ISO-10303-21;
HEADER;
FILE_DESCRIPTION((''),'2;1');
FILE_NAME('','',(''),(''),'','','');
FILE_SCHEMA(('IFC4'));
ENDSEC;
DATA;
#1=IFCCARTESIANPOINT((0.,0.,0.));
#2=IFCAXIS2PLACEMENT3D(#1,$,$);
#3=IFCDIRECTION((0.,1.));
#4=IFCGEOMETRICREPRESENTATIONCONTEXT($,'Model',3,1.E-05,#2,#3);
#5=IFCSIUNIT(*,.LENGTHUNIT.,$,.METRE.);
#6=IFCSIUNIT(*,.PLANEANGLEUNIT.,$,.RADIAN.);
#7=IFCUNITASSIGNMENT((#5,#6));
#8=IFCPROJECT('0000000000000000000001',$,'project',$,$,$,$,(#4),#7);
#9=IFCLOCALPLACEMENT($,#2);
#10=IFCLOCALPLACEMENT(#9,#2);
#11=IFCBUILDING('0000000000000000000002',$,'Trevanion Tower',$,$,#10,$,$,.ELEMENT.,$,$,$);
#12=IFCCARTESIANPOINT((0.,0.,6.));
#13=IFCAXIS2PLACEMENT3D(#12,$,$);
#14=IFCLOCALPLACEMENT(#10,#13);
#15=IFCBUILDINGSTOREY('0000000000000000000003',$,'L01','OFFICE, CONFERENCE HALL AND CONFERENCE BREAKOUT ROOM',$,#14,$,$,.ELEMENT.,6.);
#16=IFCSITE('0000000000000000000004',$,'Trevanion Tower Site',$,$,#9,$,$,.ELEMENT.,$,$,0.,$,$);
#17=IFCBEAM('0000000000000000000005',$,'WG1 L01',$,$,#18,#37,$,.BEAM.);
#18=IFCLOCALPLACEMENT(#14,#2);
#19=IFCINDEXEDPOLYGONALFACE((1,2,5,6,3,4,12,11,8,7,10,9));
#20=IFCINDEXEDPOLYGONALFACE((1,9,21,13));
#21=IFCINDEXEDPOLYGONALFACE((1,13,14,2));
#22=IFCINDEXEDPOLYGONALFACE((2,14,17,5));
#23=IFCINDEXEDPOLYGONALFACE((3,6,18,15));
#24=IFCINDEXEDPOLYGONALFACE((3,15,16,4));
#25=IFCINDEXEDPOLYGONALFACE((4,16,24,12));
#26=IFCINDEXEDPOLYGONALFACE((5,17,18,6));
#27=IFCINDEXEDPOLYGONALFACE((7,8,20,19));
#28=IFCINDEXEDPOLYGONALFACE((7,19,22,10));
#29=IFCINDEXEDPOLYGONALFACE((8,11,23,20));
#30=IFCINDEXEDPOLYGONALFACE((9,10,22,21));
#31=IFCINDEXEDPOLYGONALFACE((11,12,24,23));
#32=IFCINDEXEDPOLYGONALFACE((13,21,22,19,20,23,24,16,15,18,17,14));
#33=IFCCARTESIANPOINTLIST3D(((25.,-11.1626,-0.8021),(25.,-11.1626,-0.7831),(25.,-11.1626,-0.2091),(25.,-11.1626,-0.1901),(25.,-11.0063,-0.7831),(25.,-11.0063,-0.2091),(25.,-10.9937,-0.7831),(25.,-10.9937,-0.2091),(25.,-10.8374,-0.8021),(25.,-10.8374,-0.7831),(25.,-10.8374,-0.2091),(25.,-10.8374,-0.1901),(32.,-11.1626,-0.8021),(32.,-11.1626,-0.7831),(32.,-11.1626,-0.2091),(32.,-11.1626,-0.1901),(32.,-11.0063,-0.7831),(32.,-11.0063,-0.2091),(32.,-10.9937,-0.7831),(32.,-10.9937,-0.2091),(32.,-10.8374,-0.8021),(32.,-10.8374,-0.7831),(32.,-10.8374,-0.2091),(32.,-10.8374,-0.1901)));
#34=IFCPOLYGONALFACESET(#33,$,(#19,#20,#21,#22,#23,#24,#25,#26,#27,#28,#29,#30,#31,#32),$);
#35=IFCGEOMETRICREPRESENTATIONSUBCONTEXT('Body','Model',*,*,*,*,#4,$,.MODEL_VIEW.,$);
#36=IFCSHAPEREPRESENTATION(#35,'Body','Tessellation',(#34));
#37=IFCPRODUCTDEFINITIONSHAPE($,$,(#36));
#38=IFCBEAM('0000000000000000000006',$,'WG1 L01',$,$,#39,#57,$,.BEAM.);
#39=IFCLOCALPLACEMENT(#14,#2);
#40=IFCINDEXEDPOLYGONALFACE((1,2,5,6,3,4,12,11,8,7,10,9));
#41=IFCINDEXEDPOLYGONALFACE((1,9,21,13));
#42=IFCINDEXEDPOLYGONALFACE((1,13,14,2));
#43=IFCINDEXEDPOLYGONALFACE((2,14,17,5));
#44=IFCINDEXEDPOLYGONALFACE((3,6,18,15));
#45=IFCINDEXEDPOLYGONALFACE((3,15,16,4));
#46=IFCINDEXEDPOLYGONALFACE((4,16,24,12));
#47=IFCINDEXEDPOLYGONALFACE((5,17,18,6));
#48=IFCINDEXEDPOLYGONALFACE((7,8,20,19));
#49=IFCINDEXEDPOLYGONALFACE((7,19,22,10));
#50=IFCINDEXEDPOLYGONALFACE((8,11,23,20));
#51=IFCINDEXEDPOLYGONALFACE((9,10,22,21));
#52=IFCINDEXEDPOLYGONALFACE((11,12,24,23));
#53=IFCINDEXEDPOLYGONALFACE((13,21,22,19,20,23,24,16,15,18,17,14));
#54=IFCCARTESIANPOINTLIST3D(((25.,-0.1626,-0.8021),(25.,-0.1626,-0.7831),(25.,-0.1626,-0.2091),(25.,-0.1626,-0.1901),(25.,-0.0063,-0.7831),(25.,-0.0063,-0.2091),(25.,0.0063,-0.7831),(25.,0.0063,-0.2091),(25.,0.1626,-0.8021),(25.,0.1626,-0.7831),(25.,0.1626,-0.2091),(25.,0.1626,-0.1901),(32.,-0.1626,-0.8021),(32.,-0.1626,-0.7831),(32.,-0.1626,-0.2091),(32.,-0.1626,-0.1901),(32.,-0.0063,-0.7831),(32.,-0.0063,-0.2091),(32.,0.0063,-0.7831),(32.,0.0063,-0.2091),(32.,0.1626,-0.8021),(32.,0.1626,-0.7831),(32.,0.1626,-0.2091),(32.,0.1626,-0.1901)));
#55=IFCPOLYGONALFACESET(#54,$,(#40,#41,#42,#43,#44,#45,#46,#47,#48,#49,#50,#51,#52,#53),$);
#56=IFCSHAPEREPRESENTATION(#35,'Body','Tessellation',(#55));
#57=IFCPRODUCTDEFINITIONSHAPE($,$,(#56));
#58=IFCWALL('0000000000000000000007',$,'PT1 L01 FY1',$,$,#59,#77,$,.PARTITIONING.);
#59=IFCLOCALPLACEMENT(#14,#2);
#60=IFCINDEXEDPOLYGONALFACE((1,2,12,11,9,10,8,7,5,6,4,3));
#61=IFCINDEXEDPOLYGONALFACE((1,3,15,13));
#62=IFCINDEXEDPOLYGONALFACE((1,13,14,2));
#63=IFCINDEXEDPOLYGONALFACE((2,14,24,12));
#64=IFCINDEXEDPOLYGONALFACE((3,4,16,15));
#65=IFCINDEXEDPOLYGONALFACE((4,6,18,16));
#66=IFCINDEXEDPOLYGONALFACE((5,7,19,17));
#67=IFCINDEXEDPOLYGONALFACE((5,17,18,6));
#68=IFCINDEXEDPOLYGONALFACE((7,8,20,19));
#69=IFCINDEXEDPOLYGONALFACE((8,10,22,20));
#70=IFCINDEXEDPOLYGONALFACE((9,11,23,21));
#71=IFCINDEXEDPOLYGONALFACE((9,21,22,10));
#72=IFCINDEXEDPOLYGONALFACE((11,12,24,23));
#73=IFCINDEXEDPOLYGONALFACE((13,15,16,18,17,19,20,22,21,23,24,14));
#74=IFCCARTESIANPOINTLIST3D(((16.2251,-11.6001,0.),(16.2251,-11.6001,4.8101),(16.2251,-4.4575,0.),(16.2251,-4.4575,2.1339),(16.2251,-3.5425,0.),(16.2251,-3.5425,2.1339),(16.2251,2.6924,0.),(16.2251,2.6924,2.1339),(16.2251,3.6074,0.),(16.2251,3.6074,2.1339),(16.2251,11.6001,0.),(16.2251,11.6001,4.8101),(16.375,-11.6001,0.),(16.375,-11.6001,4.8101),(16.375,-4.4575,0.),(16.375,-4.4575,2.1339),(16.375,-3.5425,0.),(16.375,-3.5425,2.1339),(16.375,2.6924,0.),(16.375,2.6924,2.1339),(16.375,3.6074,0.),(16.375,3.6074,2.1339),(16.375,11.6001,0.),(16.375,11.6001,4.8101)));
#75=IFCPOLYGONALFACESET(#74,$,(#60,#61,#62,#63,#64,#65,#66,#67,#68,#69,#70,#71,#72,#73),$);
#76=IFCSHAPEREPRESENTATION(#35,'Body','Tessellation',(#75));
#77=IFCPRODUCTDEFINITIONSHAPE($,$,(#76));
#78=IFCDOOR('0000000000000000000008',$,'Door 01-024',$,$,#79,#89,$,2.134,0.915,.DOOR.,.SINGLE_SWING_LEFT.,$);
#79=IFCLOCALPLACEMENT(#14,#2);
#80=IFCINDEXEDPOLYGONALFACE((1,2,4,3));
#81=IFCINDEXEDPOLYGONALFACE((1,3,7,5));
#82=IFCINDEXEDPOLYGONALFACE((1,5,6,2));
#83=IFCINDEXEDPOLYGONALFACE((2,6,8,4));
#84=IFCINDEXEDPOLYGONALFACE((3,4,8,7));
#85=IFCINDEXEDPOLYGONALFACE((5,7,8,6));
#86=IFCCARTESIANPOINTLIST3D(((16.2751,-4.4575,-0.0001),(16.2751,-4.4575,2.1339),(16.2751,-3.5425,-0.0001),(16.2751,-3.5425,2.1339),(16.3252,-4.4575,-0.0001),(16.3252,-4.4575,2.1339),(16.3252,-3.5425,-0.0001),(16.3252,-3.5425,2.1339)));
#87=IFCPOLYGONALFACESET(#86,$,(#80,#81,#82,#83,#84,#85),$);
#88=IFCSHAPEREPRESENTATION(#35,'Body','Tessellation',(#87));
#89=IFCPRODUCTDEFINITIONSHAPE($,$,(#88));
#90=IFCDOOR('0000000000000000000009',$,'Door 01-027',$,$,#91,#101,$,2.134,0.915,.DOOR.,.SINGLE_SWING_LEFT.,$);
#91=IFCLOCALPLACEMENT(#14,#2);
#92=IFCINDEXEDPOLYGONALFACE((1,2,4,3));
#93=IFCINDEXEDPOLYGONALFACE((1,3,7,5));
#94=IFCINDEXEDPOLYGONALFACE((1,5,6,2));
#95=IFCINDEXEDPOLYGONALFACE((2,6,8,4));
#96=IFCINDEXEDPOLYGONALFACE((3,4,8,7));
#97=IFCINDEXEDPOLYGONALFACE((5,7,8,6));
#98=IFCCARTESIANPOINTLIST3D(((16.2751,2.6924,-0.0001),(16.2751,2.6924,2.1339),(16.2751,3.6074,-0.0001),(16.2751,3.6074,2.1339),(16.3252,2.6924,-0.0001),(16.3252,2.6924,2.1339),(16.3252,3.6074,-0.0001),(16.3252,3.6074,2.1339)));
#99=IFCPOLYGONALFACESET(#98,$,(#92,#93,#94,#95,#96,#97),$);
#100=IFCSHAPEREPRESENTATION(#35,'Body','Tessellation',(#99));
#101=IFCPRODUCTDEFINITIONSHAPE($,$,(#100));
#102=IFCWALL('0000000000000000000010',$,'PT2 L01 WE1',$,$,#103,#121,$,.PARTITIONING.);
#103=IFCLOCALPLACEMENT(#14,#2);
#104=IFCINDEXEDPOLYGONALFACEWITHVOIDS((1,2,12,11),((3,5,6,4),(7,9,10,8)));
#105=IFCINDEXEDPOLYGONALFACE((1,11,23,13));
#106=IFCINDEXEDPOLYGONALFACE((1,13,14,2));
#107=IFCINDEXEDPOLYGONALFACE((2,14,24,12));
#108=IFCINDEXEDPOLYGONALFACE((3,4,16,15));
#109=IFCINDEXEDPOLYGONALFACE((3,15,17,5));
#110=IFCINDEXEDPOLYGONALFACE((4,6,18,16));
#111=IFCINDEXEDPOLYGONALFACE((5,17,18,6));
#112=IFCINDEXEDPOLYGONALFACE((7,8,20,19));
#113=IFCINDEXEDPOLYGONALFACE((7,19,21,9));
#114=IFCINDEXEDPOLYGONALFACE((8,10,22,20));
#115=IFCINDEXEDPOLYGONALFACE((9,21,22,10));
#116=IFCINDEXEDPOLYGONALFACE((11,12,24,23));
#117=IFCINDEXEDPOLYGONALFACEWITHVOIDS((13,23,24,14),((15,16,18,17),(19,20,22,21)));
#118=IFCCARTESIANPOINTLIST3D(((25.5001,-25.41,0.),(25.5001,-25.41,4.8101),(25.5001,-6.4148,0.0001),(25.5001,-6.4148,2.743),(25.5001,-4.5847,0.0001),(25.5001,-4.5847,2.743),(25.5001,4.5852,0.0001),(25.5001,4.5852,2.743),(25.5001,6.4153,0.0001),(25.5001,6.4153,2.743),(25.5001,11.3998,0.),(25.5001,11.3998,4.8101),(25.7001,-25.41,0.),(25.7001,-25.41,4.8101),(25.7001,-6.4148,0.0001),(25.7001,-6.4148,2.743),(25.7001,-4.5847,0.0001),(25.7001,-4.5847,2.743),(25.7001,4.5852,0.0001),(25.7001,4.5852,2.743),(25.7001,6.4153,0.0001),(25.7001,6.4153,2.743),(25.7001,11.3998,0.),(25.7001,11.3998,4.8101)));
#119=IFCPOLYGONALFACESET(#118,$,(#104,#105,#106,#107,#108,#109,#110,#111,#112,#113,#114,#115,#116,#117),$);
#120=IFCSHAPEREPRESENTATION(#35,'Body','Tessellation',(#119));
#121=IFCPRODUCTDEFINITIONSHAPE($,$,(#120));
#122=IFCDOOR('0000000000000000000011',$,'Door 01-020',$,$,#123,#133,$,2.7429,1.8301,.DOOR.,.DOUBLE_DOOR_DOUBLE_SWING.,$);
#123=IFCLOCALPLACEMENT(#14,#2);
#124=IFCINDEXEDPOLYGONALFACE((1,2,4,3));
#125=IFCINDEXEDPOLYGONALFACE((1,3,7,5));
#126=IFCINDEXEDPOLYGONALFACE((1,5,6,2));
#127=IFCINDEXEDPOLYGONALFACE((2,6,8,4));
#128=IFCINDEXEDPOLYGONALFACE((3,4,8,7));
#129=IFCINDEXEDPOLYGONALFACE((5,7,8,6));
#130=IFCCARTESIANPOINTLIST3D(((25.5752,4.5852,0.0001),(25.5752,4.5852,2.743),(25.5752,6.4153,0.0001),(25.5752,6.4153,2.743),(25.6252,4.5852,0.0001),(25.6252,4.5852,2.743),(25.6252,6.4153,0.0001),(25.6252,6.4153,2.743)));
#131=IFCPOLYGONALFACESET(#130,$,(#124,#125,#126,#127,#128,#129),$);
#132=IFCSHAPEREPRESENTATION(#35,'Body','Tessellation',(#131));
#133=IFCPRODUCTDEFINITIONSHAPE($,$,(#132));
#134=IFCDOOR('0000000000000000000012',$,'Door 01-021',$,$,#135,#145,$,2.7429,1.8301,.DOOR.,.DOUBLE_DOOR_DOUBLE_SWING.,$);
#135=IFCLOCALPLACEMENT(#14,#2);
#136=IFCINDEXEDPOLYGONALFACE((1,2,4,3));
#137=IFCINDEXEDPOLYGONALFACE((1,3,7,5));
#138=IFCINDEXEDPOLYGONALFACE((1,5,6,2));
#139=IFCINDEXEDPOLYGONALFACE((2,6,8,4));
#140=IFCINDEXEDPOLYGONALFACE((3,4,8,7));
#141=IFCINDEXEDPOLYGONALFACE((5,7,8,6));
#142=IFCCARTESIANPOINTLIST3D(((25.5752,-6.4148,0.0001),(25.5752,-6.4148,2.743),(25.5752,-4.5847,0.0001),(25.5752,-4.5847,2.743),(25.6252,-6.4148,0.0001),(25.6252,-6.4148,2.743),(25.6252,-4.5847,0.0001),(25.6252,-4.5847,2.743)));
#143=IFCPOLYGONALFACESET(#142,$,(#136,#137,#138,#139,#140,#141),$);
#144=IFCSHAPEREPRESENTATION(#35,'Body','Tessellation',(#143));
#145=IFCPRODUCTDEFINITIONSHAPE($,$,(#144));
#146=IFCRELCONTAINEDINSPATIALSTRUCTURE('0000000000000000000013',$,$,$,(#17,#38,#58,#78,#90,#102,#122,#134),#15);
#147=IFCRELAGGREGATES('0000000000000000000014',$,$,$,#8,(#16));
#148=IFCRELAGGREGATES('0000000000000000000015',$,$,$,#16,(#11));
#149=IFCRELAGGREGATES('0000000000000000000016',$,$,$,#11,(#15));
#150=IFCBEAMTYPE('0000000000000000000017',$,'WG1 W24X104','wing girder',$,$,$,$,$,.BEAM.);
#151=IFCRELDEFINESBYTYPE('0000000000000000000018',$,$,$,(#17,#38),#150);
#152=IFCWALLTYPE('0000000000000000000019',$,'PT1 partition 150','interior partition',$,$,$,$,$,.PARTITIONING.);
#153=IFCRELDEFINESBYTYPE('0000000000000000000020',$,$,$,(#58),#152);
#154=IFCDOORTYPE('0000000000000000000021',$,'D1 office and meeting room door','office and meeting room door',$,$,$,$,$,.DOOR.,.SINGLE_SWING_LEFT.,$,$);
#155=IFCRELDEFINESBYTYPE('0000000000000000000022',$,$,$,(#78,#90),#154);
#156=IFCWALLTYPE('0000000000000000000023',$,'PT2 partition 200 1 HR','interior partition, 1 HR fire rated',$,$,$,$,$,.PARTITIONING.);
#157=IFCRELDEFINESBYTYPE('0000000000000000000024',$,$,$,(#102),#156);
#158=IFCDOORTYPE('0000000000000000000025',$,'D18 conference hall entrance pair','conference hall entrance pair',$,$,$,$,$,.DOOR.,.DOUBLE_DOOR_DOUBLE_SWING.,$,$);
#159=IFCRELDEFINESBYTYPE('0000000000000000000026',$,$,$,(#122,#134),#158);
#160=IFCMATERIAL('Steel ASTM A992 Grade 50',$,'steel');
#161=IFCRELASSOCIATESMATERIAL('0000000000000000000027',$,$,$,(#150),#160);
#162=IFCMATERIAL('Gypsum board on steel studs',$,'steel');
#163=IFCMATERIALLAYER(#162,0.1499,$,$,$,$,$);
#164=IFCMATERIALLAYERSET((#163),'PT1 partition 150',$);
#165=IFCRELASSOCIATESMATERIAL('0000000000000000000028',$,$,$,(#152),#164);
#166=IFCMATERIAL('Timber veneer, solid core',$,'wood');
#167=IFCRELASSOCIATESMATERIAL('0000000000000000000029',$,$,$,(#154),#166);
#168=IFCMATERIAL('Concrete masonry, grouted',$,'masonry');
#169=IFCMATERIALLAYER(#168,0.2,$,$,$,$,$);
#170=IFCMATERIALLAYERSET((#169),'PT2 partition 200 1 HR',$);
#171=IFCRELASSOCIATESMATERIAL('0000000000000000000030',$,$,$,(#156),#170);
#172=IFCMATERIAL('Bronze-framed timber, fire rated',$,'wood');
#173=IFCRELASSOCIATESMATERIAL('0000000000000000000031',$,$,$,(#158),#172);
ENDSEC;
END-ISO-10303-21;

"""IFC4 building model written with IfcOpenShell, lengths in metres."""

from ifc_helpers import new_model, si_unit, direction, frame, frame_2d, origin, origin_2d, place, context, subcontext, project, spatial, rectangle, i_section, extrude, material, layer, layer_set, material_profile, profile_set, type_object, element, fill, save


model = new_model("IFC4")

# Units and contexts
model_context = context("Model", 3, precision=1e-05, world=origin(), true_north=direction((0.0, 1.0)))
body_context = subcontext(model_context, "Body", "Model", "MODEL_VIEW")
ifc_project = project(units=[si_unit("LENGTHUNIT", "METRE"), si_unit("PLANEANGLEUNIT", "RADIAN")], contexts=[model_context])

# Site, building, storey
site_placement = place(None, origin())
site = spatial("IfcSite", under=ifc_project, at=site_placement, Name="Trevanion Tower Site", CompositionType="ELEMENT", RefElevation=0.0)
building_placement = place(site_placement, origin())
building = spatial("IfcBuilding", under=site, at=building_placement, Name="Trevanion Tower", CompositionType="ELEMENT")
storey_placement = place(building_placement, frame((0.0, 0.0, 6.0)))
storey = spatial("IfcBuildingStorey", under=building, at=storey_placement, Name="L01", Description="OFFICE, CONFERENCE HALL AND CONFERENCE BREAKOUT ROOM", CompositionType="ELEMENT", Elevation=6.0)

# Beams
ifc_material_1 = material(Name="Steel ASTM A992 Grade 50", Category="steel")
ifc_material_profile_1 = material_profile(ifc_material_1, i_section(OverallWidth=0.3252, OverallDepth=0.6121, WebThickness=0.0127, FlangeThickness=0.019, at=origin_2d()), Name="W24X104")
ifc_profile_set_1 = profile_set([ifc_material_profile_1], Name="Steel ASTM A992 Grade 50")
beam_type_1 = type_object("IfcBeamType", Name="WG1 W24X104", Description="wing girder", PredefinedType="BEAM", material=ifc_profile_set_1)
for number, where, z_axis, x_axis, name in (
    (1, (25.0, -11.0, -0.4961), (1.0, 0.0, 0.0), (0.0, 1.0, 0.0), "WG1 L01"),
    (2, (25.0, 0.0, -0.4961), (1.0, 0.0, 0.0), (0.0, 1.0, 0.0), "WG1 L01"),
):
    element("IfcBeam", number, at=place(storey_placement, frame(where, z_axis=z_axis, x_axis=x_axis)), inside=storey, type_object=beam_type_1, Name=name, PredefinedType="BEAM", context=body_context, shape_type="SweptSolid", body=[
        extrude(i_section(OverallWidth=0.3252, OverallDepth=0.6121, WebThickness=0.0127, FlangeThickness=0.019, at=origin_2d()), origin(), (0.0, 0.0, 1.0), 7.0),
    ])

# Walls, openings, doors
ifc_material_2 = material(Name="Gypsum board on steel studs", Category="steel")
ifc_layer_1 = layer(ifc_material_2, 0.1499)
ifc_layer_set_1 = layer_set([ifc_layer_1], Name="PT1 partition 150")
wall_type_1 = type_object("IfcWallType", Name="PT1 partition 150", Description="interior partition", PredefinedType="PARTITIONING", material=ifc_layer_set_1)
wall_1_placement = place(storey_placement, frame((16.3, -11.6001, 0.0), z_axis=(0.0, 0.0, 1.0), x_axis=(0.0, 1.0, 0.0)))
wall_1 = element("IfcWall", 3, at=wall_1_placement, inside=storey, type_object=wall_type_1, Name="PT1 L01 FY1", PredefinedType="PARTITIONING", context=body_context, shape_type="SweptSolid", body=[
    extrude(rectangle(XDim=23.2002, YDim=0.1499, at=frame_2d((11.6001, 0.0))), origin(), (0.0, 0.0, 1.0), 4.8101),
])
opening_1_placement = place(wall_1_placement, frame((7.1426, 0.0, 0.0)))
opening_1 = element("IfcOpeningElement", 4, at=opening_1_placement, cuts=wall_1, PredefinedType="OPENING", context=body_context, shape_type="SweptSolid", body=[
    extrude(rectangle(XDim=0.915, YDim=2.134, at=frame_2d((0.4575, 1.0669))), frame((0.0, 0.085, 0.0), z_axis=(0.0, -1.0, 0.0), x_axis=(1.0, 0.0, 0.0)), (0.0, 0.0, 1.0), 0.1699),
])
opening_2_placement = place(wall_1_placement, frame((14.2925, 0.0, 0.0)))
opening_2 = element("IfcOpeningElement", 5, at=opening_2_placement, cuts=wall_1, PredefinedType="OPENING", context=body_context, shape_type="SweptSolid", body=[
    extrude(rectangle(XDim=0.915, YDim=2.134, at=frame_2d((0.4575, 1.0669))), frame((0.0, 0.085, 0.0), z_axis=(0.0, -1.0, 0.0), x_axis=(1.0, 0.0, 0.0)), (0.0, 0.0, 1.0), 0.1699),
])
ifc_material_3 = material(Name="Timber veneer, solid core", Category="wood")
door_type_1 = type_object("IfcDoorType", Name="D1 office and meeting room door", Description="office and meeting room door", OperationType="SINGLE_SWING_LEFT", PredefinedType="DOOR", material=ifc_material_3)
door_1_placement = place(opening_1_placement, origin())
door_1 = element("IfcDoor", 6, at=door_1_placement, inside=storey, type_object=door_type_1, Name="Door 01-024", OperationType="SINGLE_SWING_LEFT", OverallHeight=2.134, OverallWidth=0.915, PredefinedType="DOOR", context=body_context, shape_type="SweptSolid", body=[
    extrude(rectangle(XDim=0.915, YDim=2.134, at=frame_2d((0.4575, 1.0669))), frame((0.0, 0.0249, 0.0), z_axis=(0.0, -1.0, 0.0), x_axis=(1.0, 0.0, 0.0)), (0.0, 0.0, 1.0), 0.05),
])
fill(opening_1, door_1)
door_2_placement = place(opening_2_placement, origin())
door_2 = element("IfcDoor", 7, at=door_2_placement, inside=storey, type_object=door_type_1, Name="Door 01-027", OperationType="SINGLE_SWING_LEFT", OverallHeight=2.134, OverallWidth=0.915, PredefinedType="DOOR", context=body_context, shape_type="SweptSolid", body=[
    extrude(rectangle(XDim=0.915, YDim=2.134, at=frame_2d((0.4575, 1.0669))), frame((0.0, 0.0249, 0.0), z_axis=(0.0, -1.0, 0.0), x_axis=(1.0, 0.0, 0.0)), (0.0, 0.0, 1.0), 0.05),
])
fill(opening_2, door_2)
ifc_material_4 = material(Name="Concrete masonry, grouted", Category="masonry")
ifc_layer_2 = layer(ifc_material_4, 0.2)
ifc_layer_set_2 = layer_set([ifc_layer_2], Name="PT2 partition 200 1 HR")
wall_type_2 = type_object("IfcWallType", Name="PT2 partition 200 1 HR", Description="interior partition, 1 HR fire rated", PredefinedType="PARTITIONING", material=ifc_layer_set_2)
wall_2_placement = place(storey_placement, frame((25.6001, -25.4099, 0.0), z_axis=(0.0, 0.0, 1.0), x_axis=(0.0, 1.0, 0.0)))
wall_2 = element("IfcWall", 8, at=wall_2_placement, inside=storey, type_object=wall_type_2, Name="PT2 L01 WE1", PredefinedType="PARTITIONING", context=body_context, shape_type="SweptSolid", body=[
    extrude(rectangle(XDim=36.8098, YDim=0.2, at=frame_2d((18.4048, 0.0))), origin(), (0.0, 0.0, 1.0), 4.8101),
])
opening_3_placement = place(wall_2_placement, frame((29.9951, 0.0, 0.0)))
opening_3 = element("IfcOpeningElement", 9, at=opening_3_placement, cuts=wall_2, PredefinedType="OPENING", context=body_context, shape_type="SweptSolid", body=[
    extrude(rectangle(XDim=1.8301, YDim=2.7429, at=frame_2d((0.915, 1.3716))), frame((0.0, 0.1099, 0.0), z_axis=(0.0, -1.0, 0.0), x_axis=(1.0, 0.0, 0.0)), (0.0, 0.0, 1.0), 0.22),
])
opening_4_placement = place(wall_2_placement, frame((18.9951, 0.0, 0.0)))
opening_4 = element("IfcOpeningElement", 10, at=opening_4_placement, cuts=wall_2, PredefinedType="OPENING", context=body_context, shape_type="SweptSolid", body=[
    extrude(rectangle(XDim=1.8301, YDim=2.7429, at=frame_2d((0.915, 1.3716))), frame((0.0, 0.1099, 0.0), z_axis=(0.0, -1.0, 0.0), x_axis=(1.0, 0.0, 0.0)), (0.0, 0.0, 1.0), 0.22),
])
ifc_material_5 = material(Name="Bronze-framed timber, fire rated", Category="wood")
door_type_2 = type_object("IfcDoorType", Name="D18 conference hall entrance pair", Description="conference hall entrance pair", OperationType="DOUBLE_DOOR_DOUBLE_SWING", PredefinedType="DOOR", material=ifc_material_5)
door_3_placement = place(opening_3_placement, origin())
door_3 = element("IfcDoor", 11, at=door_3_placement, inside=storey, type_object=door_type_2, Name="Door 01-020", OperationType="DOUBLE_DOOR_DOUBLE_SWING", OverallHeight=2.7429, OverallWidth=1.8301, PredefinedType="DOOR", context=body_context, shape_type="SweptSolid", body=[
    extrude(rectangle(XDim=1.8301, YDim=2.7429, at=frame_2d((0.915, 1.3716))), frame((0.0, 0.0249, 0.0), z_axis=(0.0, -1.0, 0.0), x_axis=(1.0, 0.0, 0.0)), (0.0, 0.0, 1.0), 0.05),
])
fill(opening_3, door_3)
door_4_placement = place(opening_4_placement, origin())
door_4 = element("IfcDoor", 12, at=door_4_placement, inside=storey, type_object=door_type_2, Name="Door 01-021", OperationType="DOUBLE_DOOR_DOUBLE_SWING", OverallHeight=2.7429, OverallWidth=1.8301, PredefinedType="DOOR", context=body_context, shape_type="SweptSolid", body=[
    extrude(rectangle(XDim=1.8301, YDim=2.7429, at=frame_2d((0.915, 1.3716))), frame((0.0, 0.0249, 0.0), z_axis=(0.0, -1.0, 0.0), x_axis=(1.0, 0.0, 0.0)), (0.0, 0.0, 1.0), 0.05),
])
fill(opening_4, door_4)

save(model, "model.ifc")
